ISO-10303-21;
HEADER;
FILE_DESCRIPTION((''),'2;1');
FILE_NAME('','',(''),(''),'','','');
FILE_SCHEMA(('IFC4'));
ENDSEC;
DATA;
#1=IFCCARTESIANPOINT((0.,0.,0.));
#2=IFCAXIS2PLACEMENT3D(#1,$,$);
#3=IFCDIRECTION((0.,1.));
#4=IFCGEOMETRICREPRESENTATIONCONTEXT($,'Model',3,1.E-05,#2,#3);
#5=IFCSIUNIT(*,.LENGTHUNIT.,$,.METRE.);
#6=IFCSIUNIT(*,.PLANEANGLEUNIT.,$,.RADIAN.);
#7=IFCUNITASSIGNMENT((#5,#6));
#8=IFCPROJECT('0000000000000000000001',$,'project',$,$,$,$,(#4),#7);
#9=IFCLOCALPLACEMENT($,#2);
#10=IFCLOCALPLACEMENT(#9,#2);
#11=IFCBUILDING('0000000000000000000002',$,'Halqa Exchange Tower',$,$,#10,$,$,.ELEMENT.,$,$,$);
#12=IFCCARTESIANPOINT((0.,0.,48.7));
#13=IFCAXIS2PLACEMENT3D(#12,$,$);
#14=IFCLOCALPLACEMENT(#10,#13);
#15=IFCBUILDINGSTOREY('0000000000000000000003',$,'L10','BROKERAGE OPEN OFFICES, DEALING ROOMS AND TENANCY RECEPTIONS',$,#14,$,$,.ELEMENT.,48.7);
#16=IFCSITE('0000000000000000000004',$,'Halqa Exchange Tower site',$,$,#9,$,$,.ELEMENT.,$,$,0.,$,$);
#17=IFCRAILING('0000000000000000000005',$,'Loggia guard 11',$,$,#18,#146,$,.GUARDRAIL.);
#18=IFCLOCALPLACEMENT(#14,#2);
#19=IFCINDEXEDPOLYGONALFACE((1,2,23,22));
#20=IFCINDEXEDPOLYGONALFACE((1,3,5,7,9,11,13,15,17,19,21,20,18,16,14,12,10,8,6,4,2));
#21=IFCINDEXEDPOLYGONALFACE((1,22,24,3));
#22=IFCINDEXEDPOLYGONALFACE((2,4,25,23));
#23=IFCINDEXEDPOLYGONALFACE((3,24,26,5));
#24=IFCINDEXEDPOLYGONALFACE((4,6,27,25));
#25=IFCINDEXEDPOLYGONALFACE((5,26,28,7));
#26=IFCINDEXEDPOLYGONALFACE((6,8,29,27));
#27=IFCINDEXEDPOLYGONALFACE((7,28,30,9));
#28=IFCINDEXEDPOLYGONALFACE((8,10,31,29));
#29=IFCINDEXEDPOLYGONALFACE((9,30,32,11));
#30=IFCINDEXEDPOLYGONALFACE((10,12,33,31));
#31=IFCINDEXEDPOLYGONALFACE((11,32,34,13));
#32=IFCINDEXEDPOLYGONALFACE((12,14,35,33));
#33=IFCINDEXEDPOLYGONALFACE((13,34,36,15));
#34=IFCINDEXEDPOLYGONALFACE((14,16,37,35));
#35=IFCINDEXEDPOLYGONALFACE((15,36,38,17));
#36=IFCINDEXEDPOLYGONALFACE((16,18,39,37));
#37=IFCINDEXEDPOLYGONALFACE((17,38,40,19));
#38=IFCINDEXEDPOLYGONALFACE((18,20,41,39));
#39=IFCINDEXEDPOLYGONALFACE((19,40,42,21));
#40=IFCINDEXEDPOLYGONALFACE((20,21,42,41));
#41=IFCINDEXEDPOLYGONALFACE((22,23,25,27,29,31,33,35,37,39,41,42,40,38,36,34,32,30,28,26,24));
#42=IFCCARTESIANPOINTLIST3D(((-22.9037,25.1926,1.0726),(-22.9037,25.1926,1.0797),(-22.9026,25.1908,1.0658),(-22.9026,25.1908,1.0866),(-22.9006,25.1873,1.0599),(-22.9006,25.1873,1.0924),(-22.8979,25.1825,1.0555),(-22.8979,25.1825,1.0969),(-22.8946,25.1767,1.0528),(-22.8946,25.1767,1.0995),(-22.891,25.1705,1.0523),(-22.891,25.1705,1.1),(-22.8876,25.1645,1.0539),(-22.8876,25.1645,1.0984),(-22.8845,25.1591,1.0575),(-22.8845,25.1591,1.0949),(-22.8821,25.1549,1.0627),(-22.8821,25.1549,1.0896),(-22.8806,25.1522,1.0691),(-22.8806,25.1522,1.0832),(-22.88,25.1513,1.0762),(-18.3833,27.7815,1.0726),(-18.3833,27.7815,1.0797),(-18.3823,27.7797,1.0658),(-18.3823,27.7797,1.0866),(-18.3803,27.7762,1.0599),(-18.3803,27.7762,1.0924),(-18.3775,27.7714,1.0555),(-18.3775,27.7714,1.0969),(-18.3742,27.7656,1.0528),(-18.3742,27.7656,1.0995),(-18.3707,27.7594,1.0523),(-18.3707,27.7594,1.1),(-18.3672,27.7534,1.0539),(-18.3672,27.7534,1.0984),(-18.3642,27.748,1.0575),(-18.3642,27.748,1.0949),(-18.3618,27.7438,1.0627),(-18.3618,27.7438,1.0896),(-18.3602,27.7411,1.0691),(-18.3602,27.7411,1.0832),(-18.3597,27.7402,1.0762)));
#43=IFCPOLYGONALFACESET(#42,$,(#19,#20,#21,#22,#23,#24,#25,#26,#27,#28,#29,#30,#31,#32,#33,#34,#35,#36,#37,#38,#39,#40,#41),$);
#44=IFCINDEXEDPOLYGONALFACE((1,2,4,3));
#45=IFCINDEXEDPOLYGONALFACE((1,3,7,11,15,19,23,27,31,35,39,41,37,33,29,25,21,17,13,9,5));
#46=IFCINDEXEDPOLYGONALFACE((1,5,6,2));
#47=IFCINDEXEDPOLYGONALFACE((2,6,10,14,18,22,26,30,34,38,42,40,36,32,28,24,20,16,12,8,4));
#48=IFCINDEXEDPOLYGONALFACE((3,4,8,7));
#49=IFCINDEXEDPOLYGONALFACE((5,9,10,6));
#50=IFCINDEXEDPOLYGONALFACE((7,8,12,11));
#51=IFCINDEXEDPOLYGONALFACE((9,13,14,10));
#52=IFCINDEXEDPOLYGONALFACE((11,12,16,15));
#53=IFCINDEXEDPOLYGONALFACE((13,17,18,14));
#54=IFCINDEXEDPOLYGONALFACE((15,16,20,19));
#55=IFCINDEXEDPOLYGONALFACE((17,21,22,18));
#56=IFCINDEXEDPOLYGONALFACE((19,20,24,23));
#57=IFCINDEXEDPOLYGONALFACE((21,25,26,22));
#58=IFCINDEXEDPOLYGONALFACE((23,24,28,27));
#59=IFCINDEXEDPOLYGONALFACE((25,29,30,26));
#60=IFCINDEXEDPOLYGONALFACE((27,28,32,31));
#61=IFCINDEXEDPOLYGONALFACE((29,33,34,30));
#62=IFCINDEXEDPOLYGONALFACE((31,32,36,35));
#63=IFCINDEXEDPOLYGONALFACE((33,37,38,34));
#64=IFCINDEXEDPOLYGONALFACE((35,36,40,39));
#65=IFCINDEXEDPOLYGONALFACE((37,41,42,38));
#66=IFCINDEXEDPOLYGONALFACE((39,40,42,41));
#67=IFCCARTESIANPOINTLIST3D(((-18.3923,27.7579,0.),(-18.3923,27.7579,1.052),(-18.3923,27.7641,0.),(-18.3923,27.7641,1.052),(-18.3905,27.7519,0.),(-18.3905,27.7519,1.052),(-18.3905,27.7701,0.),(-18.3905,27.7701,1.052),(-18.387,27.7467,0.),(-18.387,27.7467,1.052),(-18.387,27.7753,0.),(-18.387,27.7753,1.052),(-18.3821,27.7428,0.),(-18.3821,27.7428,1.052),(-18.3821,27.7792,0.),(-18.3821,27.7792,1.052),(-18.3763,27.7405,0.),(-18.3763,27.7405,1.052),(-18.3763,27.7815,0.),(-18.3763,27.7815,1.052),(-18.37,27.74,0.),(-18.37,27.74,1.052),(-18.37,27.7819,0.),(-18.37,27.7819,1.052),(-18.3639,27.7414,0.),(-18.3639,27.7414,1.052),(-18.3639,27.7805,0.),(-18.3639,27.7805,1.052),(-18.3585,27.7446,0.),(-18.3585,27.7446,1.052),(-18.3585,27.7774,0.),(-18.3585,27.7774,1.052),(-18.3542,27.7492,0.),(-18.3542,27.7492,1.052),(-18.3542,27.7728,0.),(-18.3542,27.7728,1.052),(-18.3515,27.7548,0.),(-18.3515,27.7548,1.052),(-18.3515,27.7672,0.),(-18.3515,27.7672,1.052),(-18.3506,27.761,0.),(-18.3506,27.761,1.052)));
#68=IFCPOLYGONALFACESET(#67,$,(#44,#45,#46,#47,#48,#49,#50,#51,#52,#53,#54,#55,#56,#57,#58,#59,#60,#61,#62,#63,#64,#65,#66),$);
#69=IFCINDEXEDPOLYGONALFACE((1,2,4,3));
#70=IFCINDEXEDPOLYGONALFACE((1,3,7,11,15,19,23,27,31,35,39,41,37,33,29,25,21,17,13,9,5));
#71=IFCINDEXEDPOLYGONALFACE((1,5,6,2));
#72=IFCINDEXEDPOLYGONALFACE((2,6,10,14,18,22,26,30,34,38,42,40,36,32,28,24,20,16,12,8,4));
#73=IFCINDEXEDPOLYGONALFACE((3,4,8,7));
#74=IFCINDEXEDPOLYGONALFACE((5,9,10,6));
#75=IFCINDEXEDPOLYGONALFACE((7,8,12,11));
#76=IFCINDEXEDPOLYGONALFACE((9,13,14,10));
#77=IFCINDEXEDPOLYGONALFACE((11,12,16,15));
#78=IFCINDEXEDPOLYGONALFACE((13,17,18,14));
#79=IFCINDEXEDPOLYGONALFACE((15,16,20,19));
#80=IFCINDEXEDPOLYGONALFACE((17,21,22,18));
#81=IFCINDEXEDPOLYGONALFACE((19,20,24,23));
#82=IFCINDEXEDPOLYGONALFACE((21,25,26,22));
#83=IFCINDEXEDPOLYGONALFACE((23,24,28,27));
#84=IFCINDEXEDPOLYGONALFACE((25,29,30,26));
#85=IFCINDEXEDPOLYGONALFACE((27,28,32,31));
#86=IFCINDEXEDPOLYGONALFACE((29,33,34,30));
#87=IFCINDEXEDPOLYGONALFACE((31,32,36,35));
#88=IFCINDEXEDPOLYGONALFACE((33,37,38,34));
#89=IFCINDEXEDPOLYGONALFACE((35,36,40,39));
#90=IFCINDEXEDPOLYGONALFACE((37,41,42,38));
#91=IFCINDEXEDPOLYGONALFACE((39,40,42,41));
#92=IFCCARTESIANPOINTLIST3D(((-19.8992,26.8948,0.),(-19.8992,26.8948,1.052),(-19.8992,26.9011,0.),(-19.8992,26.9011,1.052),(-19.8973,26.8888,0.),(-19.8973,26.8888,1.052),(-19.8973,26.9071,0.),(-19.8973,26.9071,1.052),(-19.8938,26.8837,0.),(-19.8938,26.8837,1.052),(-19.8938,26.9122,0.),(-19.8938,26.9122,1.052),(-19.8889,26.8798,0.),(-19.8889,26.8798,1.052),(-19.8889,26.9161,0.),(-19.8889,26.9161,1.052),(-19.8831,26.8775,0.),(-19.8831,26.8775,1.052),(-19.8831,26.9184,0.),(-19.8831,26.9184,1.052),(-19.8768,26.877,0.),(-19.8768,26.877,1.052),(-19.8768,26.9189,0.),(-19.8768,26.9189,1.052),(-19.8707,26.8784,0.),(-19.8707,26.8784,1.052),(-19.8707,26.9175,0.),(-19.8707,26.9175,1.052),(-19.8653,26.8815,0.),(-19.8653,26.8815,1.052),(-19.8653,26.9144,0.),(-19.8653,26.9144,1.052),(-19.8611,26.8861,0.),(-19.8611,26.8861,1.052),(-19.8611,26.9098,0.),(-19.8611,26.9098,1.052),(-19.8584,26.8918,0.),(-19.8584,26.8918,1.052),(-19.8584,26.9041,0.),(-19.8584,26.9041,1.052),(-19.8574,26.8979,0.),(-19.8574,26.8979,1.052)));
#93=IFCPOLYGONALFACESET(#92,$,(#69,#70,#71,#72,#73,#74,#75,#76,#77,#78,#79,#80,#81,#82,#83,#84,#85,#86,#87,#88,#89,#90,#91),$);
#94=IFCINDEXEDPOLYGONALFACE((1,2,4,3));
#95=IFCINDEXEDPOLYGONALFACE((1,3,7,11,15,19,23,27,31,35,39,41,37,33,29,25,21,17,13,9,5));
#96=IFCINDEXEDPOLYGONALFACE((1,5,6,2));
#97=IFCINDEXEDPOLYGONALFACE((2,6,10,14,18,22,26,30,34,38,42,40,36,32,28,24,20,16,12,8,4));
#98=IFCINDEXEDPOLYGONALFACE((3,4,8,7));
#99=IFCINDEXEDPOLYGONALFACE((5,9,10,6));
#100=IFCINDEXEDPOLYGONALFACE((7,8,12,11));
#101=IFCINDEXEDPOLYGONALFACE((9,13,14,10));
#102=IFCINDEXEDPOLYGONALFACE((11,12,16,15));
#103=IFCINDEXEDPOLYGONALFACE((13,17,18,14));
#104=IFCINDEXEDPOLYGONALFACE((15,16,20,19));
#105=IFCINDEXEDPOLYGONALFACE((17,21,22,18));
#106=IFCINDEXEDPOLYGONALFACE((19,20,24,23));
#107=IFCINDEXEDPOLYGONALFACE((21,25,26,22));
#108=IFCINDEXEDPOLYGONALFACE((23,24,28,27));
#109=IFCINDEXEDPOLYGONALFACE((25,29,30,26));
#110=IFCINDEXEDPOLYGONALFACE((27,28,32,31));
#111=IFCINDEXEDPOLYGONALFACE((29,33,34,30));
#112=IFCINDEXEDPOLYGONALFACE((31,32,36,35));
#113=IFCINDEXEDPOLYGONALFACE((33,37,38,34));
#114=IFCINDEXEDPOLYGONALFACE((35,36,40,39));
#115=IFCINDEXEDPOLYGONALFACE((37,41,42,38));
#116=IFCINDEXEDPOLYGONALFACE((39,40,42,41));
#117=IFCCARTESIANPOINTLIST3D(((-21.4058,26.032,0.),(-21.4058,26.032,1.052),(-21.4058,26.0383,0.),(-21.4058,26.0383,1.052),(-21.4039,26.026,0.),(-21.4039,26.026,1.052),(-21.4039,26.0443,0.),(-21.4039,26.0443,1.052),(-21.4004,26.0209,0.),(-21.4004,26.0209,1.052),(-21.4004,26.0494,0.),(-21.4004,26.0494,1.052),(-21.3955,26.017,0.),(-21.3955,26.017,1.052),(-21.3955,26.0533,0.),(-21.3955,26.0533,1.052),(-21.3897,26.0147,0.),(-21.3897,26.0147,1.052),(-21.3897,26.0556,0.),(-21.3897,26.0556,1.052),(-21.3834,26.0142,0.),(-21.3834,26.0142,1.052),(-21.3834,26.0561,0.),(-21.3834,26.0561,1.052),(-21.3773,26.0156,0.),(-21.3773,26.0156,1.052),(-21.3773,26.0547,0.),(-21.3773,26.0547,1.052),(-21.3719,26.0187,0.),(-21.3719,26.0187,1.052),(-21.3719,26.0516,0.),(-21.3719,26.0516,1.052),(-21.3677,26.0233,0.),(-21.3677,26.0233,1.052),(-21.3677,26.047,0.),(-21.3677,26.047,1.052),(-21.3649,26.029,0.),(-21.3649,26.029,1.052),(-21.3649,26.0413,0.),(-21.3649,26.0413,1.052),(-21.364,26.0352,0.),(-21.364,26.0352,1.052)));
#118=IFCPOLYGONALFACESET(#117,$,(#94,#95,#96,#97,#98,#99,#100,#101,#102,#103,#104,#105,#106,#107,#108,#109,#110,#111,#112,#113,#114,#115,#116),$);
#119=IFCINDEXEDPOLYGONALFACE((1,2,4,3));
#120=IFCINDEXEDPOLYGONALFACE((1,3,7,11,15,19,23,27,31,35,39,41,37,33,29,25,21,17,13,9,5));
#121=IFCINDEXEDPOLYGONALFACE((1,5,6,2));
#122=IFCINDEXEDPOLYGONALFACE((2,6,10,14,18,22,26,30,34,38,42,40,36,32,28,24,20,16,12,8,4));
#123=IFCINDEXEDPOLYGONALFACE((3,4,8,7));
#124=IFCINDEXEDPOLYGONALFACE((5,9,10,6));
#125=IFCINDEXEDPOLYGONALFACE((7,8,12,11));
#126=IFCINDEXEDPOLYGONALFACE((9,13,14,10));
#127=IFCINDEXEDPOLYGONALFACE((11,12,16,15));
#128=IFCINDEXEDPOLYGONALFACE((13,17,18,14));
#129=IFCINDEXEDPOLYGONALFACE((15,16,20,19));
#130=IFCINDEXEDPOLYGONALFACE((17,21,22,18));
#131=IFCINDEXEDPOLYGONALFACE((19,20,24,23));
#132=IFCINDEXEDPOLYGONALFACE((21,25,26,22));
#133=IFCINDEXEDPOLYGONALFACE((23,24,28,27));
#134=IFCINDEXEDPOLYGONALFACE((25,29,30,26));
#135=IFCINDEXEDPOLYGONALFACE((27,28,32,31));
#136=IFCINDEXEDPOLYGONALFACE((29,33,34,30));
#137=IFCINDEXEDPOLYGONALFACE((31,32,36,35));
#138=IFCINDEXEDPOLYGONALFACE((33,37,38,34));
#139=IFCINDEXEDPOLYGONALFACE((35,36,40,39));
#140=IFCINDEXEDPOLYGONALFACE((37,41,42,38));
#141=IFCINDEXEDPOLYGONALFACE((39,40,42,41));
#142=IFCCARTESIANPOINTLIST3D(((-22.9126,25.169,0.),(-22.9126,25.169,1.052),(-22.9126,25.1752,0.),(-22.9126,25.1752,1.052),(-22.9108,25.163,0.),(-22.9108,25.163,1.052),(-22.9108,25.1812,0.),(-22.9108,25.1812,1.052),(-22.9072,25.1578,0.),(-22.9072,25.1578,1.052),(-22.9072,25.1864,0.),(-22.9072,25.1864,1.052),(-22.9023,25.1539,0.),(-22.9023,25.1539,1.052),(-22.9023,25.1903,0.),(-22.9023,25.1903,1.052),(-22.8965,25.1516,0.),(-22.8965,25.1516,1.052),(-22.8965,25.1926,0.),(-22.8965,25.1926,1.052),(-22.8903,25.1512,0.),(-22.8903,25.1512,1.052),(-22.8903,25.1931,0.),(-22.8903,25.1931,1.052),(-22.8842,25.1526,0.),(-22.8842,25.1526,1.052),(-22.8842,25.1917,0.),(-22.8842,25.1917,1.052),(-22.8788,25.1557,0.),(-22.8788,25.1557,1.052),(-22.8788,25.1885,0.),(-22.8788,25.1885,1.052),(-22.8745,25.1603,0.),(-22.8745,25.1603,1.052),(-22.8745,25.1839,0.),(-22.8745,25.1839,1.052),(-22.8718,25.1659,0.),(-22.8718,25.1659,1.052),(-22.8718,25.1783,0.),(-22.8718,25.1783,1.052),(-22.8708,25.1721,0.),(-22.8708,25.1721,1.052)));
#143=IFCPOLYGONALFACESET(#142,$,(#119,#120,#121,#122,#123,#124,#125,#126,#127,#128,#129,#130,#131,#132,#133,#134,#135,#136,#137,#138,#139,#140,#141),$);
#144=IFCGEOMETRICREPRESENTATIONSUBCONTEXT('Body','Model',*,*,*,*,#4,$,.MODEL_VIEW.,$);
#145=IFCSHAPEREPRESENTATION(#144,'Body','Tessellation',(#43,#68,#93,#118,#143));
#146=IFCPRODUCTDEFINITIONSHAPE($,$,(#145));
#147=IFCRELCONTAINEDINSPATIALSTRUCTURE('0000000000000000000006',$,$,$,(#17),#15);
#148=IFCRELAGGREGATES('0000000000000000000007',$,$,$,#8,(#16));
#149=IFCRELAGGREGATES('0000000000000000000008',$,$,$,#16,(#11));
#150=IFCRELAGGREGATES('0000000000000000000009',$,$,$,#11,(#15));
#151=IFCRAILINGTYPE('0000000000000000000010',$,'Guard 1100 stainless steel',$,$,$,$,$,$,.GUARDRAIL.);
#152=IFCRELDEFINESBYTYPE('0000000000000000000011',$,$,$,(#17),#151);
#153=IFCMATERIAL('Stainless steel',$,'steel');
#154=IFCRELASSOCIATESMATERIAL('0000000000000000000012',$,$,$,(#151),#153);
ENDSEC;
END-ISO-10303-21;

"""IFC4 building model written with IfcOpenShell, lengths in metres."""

from ifc_helpers import new_model, si_unit, direction, frame, origin, origin_2d, place, context, subcontext, project, spatial, circle, extrude, material, type_object, element, save


model = new_model("IFC4")

# Units and contexts
model_context = context("Model", 3, precision=1e-05, world=origin(), true_north=direction((0.0, 1.0)))
body_context = subcontext(model_context, "Body", "Model", "MODEL_VIEW")
ifc_project = project(units=[si_unit("LENGTHUNIT", "METRE"), si_unit("PLANEANGLEUNIT", "RADIAN")], contexts=[model_context])

# Site, building, storey
site_placement = place(None, origin())
site = spatial("IfcSite", under=ifc_project, at=site_placement, Name="Halqa Exchange Tower site", CompositionType="ELEMENT", RefElevation=0.0)
building_placement = place(site_placement, origin())
building = spatial("IfcBuilding", under=site, at=building_placement, Name="Halqa Exchange Tower", CompositionType="ELEMENT")
storey_placement = place(building_placement, frame((0.0, 0.0, 48.7)))
storey = spatial("IfcBuildingStorey", under=building, at=storey_placement, Name="L10", Description="BROKERAGE OPEN OFFICES, DEALING ROOMS AND TENANCY RECEPTIONS", CompositionType="ELEMENT", Elevation=48.7)

# Railing
ifc_material_1 = material(Name="Stainless steel", Category="steel")
railing_type = type_object("IfcRailingType", Name="Guard 1100 stainless steel", PredefinedType="GUARDRAIL", material=ifc_material_1)
railing_1_placement = place(storey_placement, frame((-18.3716, 27.761, 0.0)))
element("IfcRailing", 1, at=railing_1_placement, inside=storey, type_object=railing_type, Name="Loggia guard 11", PredefinedType="GUARDRAIL", context=body_context, shape_type="SweptSolid", body=[
    extrude(circle(Radius=0.0239, at=origin_2d()), frame((0.0, 0.0, 1.0762), z_axis=(-0.867758, -0.496987, 0.0), x_axis=(0.496987, -0.867758, 0.0)), (0.0, 0.0, 1.0), 5.2092),
    extrude(circle(Radius=0.021, at=origin_2d()), origin(), (0.0, 0.0, 1.0), 1.052),
    extrude(circle(Radius=0.021, at=origin_2d()), frame((-1.5068, -0.863, 0.0)), (0.0, 0.0, 1.0), 1.052),
    extrude(circle(Radius=0.021, at=origin_2d()), frame((-3.0134, -1.7258, 0.0)), (0.0, 0.0, 1.0), 1.052),
    extrude(circle(Radius=0.021, at=origin_2d()), frame((-4.5203, -2.5889, 0.0)), (0.0, 0.0, 1.0), 1.052),
])

save(model, "model.ifc")
